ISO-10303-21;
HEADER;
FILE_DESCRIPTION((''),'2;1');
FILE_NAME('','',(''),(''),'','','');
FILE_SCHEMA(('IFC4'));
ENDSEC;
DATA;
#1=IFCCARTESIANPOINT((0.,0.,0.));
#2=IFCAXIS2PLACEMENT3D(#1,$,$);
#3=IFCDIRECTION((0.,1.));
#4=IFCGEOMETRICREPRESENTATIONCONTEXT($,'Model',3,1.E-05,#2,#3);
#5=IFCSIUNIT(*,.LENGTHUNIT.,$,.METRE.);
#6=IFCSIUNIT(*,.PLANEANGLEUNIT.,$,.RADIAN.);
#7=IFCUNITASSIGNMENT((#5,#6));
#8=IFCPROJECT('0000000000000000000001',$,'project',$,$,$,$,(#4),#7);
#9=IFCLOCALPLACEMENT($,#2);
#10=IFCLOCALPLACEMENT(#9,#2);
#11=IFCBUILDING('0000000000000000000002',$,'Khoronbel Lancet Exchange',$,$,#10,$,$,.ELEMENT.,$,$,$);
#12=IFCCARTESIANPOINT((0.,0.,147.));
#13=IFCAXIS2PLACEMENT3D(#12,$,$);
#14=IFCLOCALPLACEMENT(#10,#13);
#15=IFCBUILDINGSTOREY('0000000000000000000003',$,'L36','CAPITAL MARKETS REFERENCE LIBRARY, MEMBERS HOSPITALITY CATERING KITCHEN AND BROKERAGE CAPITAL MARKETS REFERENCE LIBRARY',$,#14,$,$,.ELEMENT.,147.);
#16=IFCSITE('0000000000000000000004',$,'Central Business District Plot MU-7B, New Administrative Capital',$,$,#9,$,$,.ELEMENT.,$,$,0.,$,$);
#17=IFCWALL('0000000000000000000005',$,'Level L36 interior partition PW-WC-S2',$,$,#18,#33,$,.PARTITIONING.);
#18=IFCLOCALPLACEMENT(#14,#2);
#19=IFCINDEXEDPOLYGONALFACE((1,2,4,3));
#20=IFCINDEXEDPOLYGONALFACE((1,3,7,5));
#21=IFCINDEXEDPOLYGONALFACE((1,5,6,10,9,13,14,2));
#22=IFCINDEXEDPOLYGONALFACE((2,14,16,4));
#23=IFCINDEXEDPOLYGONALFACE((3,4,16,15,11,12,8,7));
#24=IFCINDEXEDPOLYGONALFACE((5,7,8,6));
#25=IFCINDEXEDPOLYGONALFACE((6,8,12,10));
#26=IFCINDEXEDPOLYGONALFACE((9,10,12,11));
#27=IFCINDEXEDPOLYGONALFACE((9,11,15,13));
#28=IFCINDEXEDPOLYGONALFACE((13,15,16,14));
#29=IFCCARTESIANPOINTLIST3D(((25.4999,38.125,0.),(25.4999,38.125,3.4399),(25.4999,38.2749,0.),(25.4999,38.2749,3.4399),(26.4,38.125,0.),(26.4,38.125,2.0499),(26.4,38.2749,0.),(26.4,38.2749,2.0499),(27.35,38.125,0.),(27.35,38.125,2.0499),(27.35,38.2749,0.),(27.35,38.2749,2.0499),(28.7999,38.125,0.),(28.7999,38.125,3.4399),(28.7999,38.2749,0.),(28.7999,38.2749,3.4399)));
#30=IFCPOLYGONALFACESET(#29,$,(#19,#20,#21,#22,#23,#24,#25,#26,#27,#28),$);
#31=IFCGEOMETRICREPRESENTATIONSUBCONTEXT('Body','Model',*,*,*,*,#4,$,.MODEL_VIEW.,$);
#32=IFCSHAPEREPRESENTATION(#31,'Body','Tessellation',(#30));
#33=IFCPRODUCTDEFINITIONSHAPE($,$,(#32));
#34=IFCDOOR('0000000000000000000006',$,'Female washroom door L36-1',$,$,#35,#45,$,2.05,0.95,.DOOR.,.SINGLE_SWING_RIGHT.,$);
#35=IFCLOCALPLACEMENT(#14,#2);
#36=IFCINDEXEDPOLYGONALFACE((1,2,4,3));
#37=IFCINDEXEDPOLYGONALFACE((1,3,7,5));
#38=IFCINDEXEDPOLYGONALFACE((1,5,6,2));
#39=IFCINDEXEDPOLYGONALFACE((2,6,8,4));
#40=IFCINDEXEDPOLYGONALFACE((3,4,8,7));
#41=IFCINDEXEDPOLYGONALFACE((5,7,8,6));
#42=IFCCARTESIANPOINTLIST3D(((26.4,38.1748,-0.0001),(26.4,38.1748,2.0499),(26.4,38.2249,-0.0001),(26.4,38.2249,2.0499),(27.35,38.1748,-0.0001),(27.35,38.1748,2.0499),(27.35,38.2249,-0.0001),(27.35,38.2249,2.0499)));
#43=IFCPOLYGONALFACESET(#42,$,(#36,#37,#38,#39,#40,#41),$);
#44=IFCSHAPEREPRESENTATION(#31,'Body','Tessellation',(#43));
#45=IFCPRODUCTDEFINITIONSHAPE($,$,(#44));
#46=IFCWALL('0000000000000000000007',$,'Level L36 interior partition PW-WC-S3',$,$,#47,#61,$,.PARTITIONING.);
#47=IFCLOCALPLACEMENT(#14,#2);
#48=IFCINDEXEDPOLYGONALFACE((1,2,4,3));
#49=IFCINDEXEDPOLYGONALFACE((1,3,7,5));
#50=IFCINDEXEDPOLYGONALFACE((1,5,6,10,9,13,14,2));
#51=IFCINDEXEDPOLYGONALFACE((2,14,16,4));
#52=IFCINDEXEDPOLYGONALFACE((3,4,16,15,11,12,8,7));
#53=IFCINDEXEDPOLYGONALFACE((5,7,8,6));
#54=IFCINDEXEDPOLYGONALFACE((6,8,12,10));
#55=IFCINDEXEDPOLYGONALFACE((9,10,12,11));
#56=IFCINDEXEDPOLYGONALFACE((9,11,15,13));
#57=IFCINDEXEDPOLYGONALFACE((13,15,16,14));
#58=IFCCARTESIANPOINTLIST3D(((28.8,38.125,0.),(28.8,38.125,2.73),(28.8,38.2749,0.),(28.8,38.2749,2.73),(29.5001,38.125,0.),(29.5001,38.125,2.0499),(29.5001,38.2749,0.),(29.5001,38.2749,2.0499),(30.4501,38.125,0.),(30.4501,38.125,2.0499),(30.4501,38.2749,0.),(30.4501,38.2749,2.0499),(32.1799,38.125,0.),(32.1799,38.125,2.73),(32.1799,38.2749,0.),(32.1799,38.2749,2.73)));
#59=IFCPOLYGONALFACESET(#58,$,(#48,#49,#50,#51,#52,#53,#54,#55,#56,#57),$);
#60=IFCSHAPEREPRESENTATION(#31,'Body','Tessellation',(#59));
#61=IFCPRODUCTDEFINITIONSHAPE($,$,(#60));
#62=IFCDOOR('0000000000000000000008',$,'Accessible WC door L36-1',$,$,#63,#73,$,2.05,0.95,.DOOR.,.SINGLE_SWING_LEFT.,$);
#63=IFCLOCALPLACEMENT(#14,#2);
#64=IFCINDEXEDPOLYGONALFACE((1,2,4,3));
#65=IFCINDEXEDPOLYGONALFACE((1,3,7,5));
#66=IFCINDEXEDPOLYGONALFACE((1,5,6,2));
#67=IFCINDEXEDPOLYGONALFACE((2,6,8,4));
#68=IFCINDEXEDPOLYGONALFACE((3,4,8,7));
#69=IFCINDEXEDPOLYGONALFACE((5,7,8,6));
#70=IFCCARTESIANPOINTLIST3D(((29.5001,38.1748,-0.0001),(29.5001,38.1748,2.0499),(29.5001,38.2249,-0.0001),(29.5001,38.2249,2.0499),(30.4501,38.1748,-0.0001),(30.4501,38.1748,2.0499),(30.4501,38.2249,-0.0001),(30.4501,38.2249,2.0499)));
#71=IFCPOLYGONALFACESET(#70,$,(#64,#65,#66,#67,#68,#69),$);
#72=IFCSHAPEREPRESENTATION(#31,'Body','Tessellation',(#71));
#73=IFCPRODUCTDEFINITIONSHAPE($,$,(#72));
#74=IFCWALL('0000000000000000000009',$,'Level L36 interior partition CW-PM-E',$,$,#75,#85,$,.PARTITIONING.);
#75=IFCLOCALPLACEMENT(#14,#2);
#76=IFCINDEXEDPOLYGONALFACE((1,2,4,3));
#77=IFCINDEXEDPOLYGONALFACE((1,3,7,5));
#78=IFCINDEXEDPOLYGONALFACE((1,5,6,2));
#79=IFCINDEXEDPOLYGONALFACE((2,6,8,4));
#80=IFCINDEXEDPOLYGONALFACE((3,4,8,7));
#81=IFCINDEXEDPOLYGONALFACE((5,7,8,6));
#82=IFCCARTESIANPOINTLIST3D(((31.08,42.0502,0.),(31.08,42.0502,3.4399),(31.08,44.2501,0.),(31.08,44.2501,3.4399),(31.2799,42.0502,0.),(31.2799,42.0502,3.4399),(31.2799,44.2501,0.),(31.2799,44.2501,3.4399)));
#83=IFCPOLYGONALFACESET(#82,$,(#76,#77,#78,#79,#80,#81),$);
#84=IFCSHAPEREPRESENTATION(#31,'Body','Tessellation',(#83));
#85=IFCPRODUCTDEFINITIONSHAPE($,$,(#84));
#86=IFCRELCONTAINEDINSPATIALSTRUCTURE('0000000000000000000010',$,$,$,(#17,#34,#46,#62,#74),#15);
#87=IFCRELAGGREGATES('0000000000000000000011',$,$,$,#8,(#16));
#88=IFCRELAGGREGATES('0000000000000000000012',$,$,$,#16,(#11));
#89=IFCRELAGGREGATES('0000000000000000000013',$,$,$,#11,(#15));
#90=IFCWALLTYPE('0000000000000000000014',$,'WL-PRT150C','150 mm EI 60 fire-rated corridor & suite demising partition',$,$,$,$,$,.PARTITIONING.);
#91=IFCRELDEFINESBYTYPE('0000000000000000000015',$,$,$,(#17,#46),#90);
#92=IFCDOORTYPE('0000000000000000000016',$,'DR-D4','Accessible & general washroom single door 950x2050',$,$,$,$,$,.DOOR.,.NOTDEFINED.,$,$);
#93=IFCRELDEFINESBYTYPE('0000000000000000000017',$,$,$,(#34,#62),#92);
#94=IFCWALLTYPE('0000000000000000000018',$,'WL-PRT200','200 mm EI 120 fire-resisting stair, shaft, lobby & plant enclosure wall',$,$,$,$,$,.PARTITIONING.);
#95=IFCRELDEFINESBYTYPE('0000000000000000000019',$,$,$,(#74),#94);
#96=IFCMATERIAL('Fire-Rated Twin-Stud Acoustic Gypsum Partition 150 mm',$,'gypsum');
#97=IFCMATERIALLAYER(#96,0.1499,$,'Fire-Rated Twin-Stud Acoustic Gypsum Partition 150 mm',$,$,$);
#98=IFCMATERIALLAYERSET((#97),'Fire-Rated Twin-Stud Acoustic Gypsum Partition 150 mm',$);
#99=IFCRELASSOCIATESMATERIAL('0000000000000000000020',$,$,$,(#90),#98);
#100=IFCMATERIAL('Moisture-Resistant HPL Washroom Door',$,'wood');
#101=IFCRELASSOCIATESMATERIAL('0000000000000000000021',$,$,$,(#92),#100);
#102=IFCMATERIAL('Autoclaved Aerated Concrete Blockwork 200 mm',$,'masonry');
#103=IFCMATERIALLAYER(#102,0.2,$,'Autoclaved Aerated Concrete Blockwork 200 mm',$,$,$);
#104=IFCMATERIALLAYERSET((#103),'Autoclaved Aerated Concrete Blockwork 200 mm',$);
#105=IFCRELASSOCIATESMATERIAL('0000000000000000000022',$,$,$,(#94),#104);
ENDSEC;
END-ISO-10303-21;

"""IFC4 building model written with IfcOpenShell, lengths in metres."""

from ifc_helpers import new_model, si_unit, direction, frame, frame_2d, origin, place, context, subcontext, project, spatial, rectangle, extrude, material, layer, layer_set, type_object, element, fill, save


model = new_model("IFC4")

# Units and contexts
model_context = context("Model", 3, precision=1e-05, world=origin(), true_north=direction((0.0, 1.0)))
body_context = subcontext(model_context, "Body", "Model", "MODEL_VIEW")
ifc_project = project(units=[si_unit("LENGTHUNIT", "METRE"), si_unit("PLANEANGLEUNIT", "RADIAN")], contexts=[model_context])

# Site, building, storey
site_placement = place(None, origin())
site = spatial("IfcSite", under=ifc_project, at=site_placement, Name="Central Business District Plot MU-7B, New Administrative Capital", CompositionType="ELEMENT", RefElevation=0.0)
building_placement = place(site_placement, origin())
building = spatial("IfcBuilding", under=site, at=building_placement, Name="Khoronbel Lancet Exchange", CompositionType="ELEMENT")
storey_placement = place(building_placement, frame((0.0, 0.0, 147.0)))
storey = spatial("IfcBuildingStorey", under=building, at=storey_placement, Name="L36", Description="CAPITAL MARKETS REFERENCE LIBRARY, MEMBERS HOSPITALITY CATERING KITCHEN AND BROKERAGE CAPITAL MARKETS REFERENCE LIBRARY", CompositionType="ELEMENT", Elevation=147.0)

# Walls, openings, doors
ifc_material_1 = material(Name="Fire-Rated Twin-Stud Acoustic Gypsum Partition 150 mm", Category="gypsum")
ifc_layer_1 = layer(ifc_material_1, 0.1499, Name="Fire-Rated Twin-Stud Acoustic Gypsum Partition 150 mm")
ifc_layer_set_1 = layer_set([ifc_layer_1], Name="Fire-Rated Twin-Stud Acoustic Gypsum Partition 150 mm")
wall_type_1 = type_object("IfcWallType", Name="WL-PRT150C", Description="150 mm EI 60 fire-rated corridor & suite demising partition", PredefinedType="PARTITIONING", material=ifc_layer_set_1)
wall_1_placement = place(storey_placement, frame((25.5, 38.2, 0.0), z_axis=(0.0, 0.0, 1.0), x_axis=(1.0, 0.0, 0.0)))
wall_1 = element("IfcWall", 1, at=wall_1_placement, inside=storey, type_object=wall_type_1, Name="Level L36 interior partition PW-WC-S2", PredefinedType="PARTITIONING", context=body_context, shape_type="SweptSolid", body=[
    extrude(rectangle(XDim=3.3, YDim=0.1499, at=frame_2d((1.6499, 0.0))), origin(), (0.0, 0.0, 1.0), 3.4399),
])
opening_1_placement = place(wall_1_placement, frame((0.8999, 0.0, 0.0)))
opening_1 = element("IfcOpeningElement", 2, at=opening_1_placement, cuts=wall_1, PredefinedType="OPENING", context=body_context, shape_type="SweptSolid", body=[
    extrude(rectangle(XDim=0.95, YDim=2.05, at=frame_2d((0.4751, 1.0249))), frame((0.0, 0.085, 0.0), z_axis=(0.0, -1.0, 0.0), x_axis=(1.0, 0.0, 0.0)), (0.0, 0.0, 1.0), 0.1699),
])
ifc_material_2 = material(Name="Moisture-Resistant HPL Washroom Door", Category="wood")
door_type = type_object("IfcDoorType", Name="DR-D4", Description="Accessible & general washroom single door 950x2050", OperationType="NOTDEFINED", PredefinedType="DOOR", material=ifc_material_2)
door_1_placement = place(opening_1_placement, origin())
door_1 = element("IfcDoor", 3, at=door_1_placement, inside=storey, type_object=door_type, Name="Female washroom door L36-1", OperationType="SINGLE_SWING_RIGHT", OverallHeight=2.05, OverallWidth=0.95, PredefinedType="DOOR", context=body_context, shape_type="SweptSolid", body=[
    extrude(rectangle(XDim=0.95, YDim=2.05, at=frame_2d((0.4751, 1.0249))), frame((0.0, 0.0249, 0.0), z_axis=(0.0, -1.0, 0.0), x_axis=(1.0, 0.0, 0.0)), (0.0, 0.0, 1.0), 0.05),
])
fill(opening_1, door_1)
wall_2_placement = place(storey_placement, frame((28.8, 38.2, 0.0), z_axis=(0.0, 0.0, 1.0), x_axis=(1.0, 0.0, 0.0)))
wall_2 = element("IfcWall", 4, at=wall_2_placement, inside=storey, type_object=wall_type_1, Name="Level L36 interior partition PW-WC-S3", PredefinedType="PARTITIONING", context=body_context, shape_type="SweptSolid", body=[
    extrude(rectangle(XDim=3.3799, YDim=0.1499, at=frame_2d((1.6899, 0.0))), origin(), (0.0, 0.0, 1.0), 2.73),
])
opening_2_placement = place(wall_2_placement, frame((0.7, 0.0, 0.0)))
opening_2 = element("IfcOpeningElement", 5, at=opening_2_placement, cuts=wall_2, PredefinedType="OPENING", context=body_context, shape_type="SweptSolid", body=[
    extrude(rectangle(XDim=0.95, YDim=2.05, at=frame_2d((0.4751, 1.0249))), frame((0.0, 0.085, 0.0), z_axis=(0.0, -1.0, 0.0), x_axis=(1.0, 0.0, 0.0)), (0.0, 0.0, 1.0), 0.1699),
])
door_2_placement = place(opening_2_placement, origin())
door_2 = element("IfcDoor", 6, at=door_2_placement, inside=storey, type_object=door_type, Name="Accessible WC door L36-1", OperationType="SINGLE_SWING_LEFT", OverallHeight=2.05, OverallWidth=0.95, PredefinedType="DOOR", context=body_context, shape_type="SweptSolid", body=[
    extrude(rectangle(XDim=0.95, YDim=2.05, at=frame_2d((0.4751, 1.0249))), frame((0.0, 0.0249, 0.0), z_axis=(0.0, -1.0, 0.0), x_axis=(1.0, 0.0, 0.0)), (0.0, 0.0, 1.0), 0.05),
])
fill(opening_2, door_2)

# Wall
ifc_material_3 = material(Name="Autoclaved Aerated Concrete Blockwork 200 mm", Category="masonry")
ifc_layer_2 = layer(ifc_material_3, 0.2, Name="Autoclaved Aerated Concrete Blockwork 200 mm")
ifc_layer_set_2 = layer_set([ifc_layer_2], Name="Autoclaved Aerated Concrete Blockwork 200 mm")
wall_type_2 = type_object("IfcWallType", Name="WL-PRT200", Description="200 mm EI 120 fire-resisting stair, shaft, lobby & plant enclosure wall", PredefinedType="PARTITIONING", material=ifc_layer_set_2)
wall_3_placement = place(storey_placement, frame((31.1799, 42.05, 0.0), z_axis=(0.0, 0.0, 1.0), x_axis=(0.0, 1.0, 0.0)))
element("IfcWall", 7, at=wall_3_placement, inside=storey, type_object=wall_type_2, Name="Level L36 interior partition CW-PM-E", PredefinedType="PARTITIONING", context=body_context, shape_type="SweptSolid", body=[
    extrude(rectangle(XDim=2.2, YDim=0.2, at=frame_2d((1.1001, 0.0))), origin(), (0.0, 0.0, 1.0), 3.4399),
])

save(model, "model.ifc")
